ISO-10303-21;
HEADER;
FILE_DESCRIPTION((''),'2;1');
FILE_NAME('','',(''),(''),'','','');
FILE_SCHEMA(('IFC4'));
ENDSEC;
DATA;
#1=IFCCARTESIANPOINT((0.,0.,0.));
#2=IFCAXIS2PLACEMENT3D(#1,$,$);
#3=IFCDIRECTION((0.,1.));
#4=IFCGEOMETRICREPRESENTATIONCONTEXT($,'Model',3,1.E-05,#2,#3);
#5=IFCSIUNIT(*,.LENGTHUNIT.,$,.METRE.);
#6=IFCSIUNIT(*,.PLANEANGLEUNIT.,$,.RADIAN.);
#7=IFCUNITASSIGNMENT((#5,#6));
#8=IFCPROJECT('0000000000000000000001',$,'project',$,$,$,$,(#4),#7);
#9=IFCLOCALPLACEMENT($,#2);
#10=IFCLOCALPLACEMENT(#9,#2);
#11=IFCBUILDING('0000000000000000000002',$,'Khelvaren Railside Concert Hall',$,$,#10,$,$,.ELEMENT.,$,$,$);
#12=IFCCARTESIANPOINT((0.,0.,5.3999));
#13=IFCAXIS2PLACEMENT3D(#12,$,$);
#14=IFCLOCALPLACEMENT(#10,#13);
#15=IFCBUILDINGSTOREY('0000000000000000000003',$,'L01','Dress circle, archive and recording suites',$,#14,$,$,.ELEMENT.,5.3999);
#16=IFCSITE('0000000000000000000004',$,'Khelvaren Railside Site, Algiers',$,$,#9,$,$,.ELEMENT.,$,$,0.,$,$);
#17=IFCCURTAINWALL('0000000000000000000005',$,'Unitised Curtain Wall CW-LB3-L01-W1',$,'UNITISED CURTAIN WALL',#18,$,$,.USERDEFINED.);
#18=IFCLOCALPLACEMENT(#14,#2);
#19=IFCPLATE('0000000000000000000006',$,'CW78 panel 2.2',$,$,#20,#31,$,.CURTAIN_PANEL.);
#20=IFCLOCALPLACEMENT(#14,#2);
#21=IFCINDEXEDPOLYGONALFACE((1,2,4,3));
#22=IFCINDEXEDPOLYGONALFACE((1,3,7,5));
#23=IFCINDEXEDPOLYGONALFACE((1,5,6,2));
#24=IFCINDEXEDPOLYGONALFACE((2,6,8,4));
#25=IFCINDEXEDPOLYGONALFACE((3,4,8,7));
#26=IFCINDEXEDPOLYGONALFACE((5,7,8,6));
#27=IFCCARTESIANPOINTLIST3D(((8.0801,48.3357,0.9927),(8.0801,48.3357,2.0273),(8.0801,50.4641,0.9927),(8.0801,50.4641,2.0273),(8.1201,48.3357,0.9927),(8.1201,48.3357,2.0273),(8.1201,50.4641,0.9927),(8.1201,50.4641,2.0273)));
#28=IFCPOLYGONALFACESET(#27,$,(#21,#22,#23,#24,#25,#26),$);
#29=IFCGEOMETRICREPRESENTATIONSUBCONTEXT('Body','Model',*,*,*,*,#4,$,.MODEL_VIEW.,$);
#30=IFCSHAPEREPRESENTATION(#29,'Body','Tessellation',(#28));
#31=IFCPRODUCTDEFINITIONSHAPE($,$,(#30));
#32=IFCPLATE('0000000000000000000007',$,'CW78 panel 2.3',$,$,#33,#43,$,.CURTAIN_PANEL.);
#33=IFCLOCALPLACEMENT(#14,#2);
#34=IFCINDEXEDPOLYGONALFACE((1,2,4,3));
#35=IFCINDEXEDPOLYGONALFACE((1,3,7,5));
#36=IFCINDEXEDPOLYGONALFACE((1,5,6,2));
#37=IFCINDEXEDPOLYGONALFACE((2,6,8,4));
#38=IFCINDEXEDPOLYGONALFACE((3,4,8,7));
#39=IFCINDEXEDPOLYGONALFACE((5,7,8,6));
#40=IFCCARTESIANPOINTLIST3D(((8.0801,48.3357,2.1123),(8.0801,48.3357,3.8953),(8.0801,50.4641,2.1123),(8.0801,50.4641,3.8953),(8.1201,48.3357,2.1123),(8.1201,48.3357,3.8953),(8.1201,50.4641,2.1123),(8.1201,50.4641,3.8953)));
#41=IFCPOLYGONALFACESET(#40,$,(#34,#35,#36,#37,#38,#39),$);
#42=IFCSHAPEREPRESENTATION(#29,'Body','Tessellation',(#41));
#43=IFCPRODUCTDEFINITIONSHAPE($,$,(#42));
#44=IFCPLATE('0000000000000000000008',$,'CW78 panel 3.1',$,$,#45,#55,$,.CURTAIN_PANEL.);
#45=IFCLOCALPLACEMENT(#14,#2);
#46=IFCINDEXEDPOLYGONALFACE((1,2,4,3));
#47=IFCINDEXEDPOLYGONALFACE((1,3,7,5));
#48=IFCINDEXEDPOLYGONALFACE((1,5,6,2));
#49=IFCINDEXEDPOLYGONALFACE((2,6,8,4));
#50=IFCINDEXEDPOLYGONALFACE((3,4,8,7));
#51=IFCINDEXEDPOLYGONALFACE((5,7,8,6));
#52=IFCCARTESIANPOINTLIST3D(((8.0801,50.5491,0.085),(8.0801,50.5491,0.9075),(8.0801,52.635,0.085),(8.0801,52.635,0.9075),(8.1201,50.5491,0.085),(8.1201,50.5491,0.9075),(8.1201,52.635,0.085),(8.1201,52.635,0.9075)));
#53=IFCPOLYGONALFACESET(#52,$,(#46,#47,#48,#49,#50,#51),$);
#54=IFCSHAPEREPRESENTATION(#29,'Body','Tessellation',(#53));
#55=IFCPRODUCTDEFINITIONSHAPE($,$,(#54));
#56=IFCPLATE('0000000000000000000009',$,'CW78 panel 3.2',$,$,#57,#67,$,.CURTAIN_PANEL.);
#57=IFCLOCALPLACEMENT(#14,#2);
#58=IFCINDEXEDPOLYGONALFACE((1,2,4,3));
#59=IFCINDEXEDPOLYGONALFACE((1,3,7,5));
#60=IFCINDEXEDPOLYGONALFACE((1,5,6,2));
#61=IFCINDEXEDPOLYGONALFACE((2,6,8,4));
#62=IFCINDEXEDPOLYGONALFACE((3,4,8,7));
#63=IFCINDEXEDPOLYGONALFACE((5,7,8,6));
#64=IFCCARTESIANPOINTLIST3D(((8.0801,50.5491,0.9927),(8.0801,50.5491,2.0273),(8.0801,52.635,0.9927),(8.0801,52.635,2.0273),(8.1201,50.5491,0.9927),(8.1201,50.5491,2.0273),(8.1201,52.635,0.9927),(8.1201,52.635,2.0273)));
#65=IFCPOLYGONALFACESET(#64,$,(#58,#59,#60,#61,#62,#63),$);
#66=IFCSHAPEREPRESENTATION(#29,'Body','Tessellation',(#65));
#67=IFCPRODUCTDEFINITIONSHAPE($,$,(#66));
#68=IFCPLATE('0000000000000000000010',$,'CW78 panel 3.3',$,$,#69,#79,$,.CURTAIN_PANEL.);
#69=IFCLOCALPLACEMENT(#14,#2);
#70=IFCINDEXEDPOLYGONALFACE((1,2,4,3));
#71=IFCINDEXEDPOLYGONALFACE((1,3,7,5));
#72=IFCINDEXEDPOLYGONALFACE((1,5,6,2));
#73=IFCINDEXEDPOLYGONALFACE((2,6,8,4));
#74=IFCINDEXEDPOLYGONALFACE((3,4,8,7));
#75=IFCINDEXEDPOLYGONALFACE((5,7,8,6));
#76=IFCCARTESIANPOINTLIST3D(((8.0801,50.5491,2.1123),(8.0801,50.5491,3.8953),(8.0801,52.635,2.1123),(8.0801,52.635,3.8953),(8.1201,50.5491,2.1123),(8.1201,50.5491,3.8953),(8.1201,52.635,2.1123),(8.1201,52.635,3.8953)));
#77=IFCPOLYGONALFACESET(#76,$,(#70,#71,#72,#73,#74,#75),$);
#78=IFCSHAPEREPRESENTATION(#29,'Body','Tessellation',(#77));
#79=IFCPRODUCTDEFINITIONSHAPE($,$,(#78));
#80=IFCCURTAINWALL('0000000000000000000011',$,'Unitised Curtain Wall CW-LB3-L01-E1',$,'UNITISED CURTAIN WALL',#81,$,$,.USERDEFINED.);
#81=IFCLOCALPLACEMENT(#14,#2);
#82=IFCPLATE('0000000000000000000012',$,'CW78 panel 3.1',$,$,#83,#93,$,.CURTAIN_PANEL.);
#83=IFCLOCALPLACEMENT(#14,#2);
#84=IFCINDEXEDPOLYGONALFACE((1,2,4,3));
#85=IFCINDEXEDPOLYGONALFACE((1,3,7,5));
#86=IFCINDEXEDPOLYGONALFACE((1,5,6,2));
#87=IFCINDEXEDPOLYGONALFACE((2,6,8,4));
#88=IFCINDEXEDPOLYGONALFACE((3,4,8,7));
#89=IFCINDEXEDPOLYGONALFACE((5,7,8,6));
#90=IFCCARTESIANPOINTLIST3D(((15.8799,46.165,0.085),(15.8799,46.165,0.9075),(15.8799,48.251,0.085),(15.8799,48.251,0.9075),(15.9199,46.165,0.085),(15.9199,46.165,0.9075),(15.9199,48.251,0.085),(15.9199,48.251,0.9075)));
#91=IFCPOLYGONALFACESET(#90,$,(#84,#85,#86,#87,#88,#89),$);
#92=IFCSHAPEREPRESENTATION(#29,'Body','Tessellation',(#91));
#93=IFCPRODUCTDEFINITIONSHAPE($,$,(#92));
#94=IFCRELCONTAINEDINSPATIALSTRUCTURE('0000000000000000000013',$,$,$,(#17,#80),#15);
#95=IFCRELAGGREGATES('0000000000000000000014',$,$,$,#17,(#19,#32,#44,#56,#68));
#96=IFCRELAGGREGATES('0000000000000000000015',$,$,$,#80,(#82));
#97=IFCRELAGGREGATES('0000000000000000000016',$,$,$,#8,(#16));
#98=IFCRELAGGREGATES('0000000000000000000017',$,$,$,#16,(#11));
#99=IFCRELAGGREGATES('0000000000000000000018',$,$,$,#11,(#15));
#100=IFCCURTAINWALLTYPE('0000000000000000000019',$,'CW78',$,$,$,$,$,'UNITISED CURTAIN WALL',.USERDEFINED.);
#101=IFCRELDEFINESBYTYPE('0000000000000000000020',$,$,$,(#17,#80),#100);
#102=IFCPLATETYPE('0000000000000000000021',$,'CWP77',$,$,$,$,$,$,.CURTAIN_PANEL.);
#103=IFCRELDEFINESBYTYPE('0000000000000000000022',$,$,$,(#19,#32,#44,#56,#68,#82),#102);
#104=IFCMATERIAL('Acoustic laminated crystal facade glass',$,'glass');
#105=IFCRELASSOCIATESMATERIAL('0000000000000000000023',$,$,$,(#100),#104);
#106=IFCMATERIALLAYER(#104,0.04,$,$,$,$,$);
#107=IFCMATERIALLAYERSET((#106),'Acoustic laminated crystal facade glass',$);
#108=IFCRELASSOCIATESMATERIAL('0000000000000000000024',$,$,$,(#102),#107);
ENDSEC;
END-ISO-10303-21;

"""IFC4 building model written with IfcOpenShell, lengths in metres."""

from ifc_helpers import new_model, si_unit, direction, frame, origin, origin_2d, place, context, subcontext, project, spatial, rectangle, extrude, material, layer, layer_set, type_object, element, aggregate, save


model = new_model("IFC4")

# Units and contexts
model_context = context("Model", 3, precision=1e-05, world=origin(), true_north=direction((0.0, 1.0)))
body_context = subcontext(model_context, "Body", "Model", "MODEL_VIEW")
ifc_project = project(units=[si_unit("LENGTHUNIT", "METRE"), si_unit("PLANEANGLEUNIT", "RADIAN")], contexts=[model_context])

# Site, building, storey
site_placement = place(None, origin())
site = spatial("IfcSite", under=ifc_project, at=site_placement, Name="Khelvaren Railside Site, Algiers", CompositionType="ELEMENT", RefElevation=0.0)
building_placement = place(site_placement, origin())
building = spatial("IfcBuilding", under=site, at=building_placement, Name="Khelvaren Railside Concert Hall", CompositionType="ELEMENT")
storey_placement = place(building_placement, frame((0.0, 0.0, 5.3999)))
storey = spatial("IfcBuildingStorey", under=building, at=storey_placement, Name="L01", Description="Dress circle, archive and recording suites", CompositionType="ELEMENT", Elevation=5.3999)

# Curtain wall
ifc_material_1 = material(Name="Acoustic laminated crystal facade glass", Category="glass")
curtain_wall_type = type_object("IfcCurtainWallType", Name="CW78", ElementType="UNITISED CURTAIN WALL", PredefinedType="USERDEFINED", material=ifc_material_1)
curtain_wall_1_placement = place(storey_placement, origin())
curtain_wall_1 = element("IfcCurtainWall", 1, at=curtain_wall_1_placement, inside=storey, type_object=curtain_wall_type, Name="Unitised Curtain Wall CW-LB3-L01-W1", ObjectType="UNITISED CURTAIN WALL", PredefinedType="USERDEFINED")

# Plates
ifc_layer = layer(ifc_material_1, 0.04)
ifc_layer_set = layer_set([ifc_layer], Name="Acoustic laminated crystal facade glass")
plate_type = type_object("IfcPlateType", Name="CWP77", PredefinedType="CURTAIN_PANEL", material=ifc_layer_set)
plate_1_placement = place(storey_placement, frame((8.1001, 49.3999, 0.9927), z_axis=(0.0, 0.0, 1.0), x_axis=(0.0, 1.0, 0.0)))
plate_1 = element("IfcPlate", 2, at=plate_1_placement, type_object=plate_type, Name="CW78 panel 2.2", PredefinedType="CURTAIN_PANEL", context=body_context, shape_type="SweptSolid", body=[
    extrude(rectangle(XDim=2.1284, YDim=0.04, at=origin_2d()), origin(), (0.0, 0.0, 1.0), 1.0347),
])
plate_2_placement = place(storey_placement, frame((8.1001, 49.3999, 2.1123), z_axis=(0.0, 0.0, 1.0), x_axis=(0.0, 1.0, 0.0)))
plate_2 = element("IfcPlate", 3, at=plate_2_placement, type_object=plate_type, Name="CW78 panel 2.3", PredefinedType="CURTAIN_PANEL", context=body_context, shape_type="SweptSolid", body=[
    extrude(rectangle(XDim=2.1284, YDim=0.04, at=origin_2d()), origin(), (0.0, 0.0, 1.0), 1.783),
])
plate_3_placement = place(storey_placement, frame((8.1001, 51.592, 0.085), z_axis=(0.0, 0.0, 1.0), x_axis=(0.0, 1.0, 0.0)))
plate_3 = element("IfcPlate", 4, at=plate_3_placement, type_object=plate_type, Name="CW78 panel 3.1", PredefinedType="CURTAIN_PANEL", context=body_context, shape_type="SweptSolid", body=[
    extrude(rectangle(XDim=2.0859, YDim=0.04, at=origin_2d()), origin(), (0.0, 0.0, 1.0), 0.8225),
])
plate_4_placement = place(storey_placement, frame((8.1001, 51.592, 0.9927), z_axis=(0.0, 0.0, 1.0), x_axis=(0.0, 1.0, 0.0)))
plate_4 = element("IfcPlate", 5, at=plate_4_placement, type_object=plate_type, Name="CW78 panel 3.2", PredefinedType="CURTAIN_PANEL", context=body_context, shape_type="SweptSolid", body=[
    extrude(rectangle(XDim=2.0859, YDim=0.04, at=origin_2d()), origin(), (0.0, 0.0, 1.0), 1.0347),
])
plate_5_placement = place(storey_placement, frame((8.1001, 51.592, 2.1123), z_axis=(0.0, 0.0, 1.0), x_axis=(0.0, 1.0, 0.0)))
plate_5 = element("IfcPlate", 6, at=plate_5_placement, type_object=plate_type, Name="CW78 panel 3.3", PredefinedType="CURTAIN_PANEL", context=body_context, shape_type="SweptSolid", body=[
    extrude(rectangle(XDim=2.0859, YDim=0.04, at=origin_2d()), origin(), (0.0, 0.0, 1.0), 1.783),
])
aggregate(curtain_wall_1, [plate_1, plate_2, plate_3, plate_4, plate_5])

# Curtain wall, plate
curtain_wall_2_placement = place(storey_placement, origin())
curtain_wall_2 = element("IfcCurtainWall", 7, at=curtain_wall_2_placement, inside=storey, type_object=curtain_wall_type, Name="Unitised Curtain Wall CW-LB3-L01-E1", ObjectType="UNITISED CURTAIN WALL", PredefinedType="USERDEFINED")
plate_6_placement = place(storey_placement, frame((15.8999, 47.208, 0.085), z_axis=(0.0, 0.0, 1.0), x_axis=(0.0, -1.0, 0.0)))
plate_6 = element("IfcPlate", 8, at=plate_6_placement, type_object=plate_type, Name="CW78 panel 3.1", PredefinedType="CURTAIN_PANEL", context=body_context, shape_type="SweptSolid", body=[
    extrude(rectangle(XDim=2.0859, YDim=0.04, at=origin_2d()), origin(), (0.0, 0.0, 1.0), 0.8225),
])
aggregate(curtain_wall_2, [plate_6])

save(model, "model.ifc")
